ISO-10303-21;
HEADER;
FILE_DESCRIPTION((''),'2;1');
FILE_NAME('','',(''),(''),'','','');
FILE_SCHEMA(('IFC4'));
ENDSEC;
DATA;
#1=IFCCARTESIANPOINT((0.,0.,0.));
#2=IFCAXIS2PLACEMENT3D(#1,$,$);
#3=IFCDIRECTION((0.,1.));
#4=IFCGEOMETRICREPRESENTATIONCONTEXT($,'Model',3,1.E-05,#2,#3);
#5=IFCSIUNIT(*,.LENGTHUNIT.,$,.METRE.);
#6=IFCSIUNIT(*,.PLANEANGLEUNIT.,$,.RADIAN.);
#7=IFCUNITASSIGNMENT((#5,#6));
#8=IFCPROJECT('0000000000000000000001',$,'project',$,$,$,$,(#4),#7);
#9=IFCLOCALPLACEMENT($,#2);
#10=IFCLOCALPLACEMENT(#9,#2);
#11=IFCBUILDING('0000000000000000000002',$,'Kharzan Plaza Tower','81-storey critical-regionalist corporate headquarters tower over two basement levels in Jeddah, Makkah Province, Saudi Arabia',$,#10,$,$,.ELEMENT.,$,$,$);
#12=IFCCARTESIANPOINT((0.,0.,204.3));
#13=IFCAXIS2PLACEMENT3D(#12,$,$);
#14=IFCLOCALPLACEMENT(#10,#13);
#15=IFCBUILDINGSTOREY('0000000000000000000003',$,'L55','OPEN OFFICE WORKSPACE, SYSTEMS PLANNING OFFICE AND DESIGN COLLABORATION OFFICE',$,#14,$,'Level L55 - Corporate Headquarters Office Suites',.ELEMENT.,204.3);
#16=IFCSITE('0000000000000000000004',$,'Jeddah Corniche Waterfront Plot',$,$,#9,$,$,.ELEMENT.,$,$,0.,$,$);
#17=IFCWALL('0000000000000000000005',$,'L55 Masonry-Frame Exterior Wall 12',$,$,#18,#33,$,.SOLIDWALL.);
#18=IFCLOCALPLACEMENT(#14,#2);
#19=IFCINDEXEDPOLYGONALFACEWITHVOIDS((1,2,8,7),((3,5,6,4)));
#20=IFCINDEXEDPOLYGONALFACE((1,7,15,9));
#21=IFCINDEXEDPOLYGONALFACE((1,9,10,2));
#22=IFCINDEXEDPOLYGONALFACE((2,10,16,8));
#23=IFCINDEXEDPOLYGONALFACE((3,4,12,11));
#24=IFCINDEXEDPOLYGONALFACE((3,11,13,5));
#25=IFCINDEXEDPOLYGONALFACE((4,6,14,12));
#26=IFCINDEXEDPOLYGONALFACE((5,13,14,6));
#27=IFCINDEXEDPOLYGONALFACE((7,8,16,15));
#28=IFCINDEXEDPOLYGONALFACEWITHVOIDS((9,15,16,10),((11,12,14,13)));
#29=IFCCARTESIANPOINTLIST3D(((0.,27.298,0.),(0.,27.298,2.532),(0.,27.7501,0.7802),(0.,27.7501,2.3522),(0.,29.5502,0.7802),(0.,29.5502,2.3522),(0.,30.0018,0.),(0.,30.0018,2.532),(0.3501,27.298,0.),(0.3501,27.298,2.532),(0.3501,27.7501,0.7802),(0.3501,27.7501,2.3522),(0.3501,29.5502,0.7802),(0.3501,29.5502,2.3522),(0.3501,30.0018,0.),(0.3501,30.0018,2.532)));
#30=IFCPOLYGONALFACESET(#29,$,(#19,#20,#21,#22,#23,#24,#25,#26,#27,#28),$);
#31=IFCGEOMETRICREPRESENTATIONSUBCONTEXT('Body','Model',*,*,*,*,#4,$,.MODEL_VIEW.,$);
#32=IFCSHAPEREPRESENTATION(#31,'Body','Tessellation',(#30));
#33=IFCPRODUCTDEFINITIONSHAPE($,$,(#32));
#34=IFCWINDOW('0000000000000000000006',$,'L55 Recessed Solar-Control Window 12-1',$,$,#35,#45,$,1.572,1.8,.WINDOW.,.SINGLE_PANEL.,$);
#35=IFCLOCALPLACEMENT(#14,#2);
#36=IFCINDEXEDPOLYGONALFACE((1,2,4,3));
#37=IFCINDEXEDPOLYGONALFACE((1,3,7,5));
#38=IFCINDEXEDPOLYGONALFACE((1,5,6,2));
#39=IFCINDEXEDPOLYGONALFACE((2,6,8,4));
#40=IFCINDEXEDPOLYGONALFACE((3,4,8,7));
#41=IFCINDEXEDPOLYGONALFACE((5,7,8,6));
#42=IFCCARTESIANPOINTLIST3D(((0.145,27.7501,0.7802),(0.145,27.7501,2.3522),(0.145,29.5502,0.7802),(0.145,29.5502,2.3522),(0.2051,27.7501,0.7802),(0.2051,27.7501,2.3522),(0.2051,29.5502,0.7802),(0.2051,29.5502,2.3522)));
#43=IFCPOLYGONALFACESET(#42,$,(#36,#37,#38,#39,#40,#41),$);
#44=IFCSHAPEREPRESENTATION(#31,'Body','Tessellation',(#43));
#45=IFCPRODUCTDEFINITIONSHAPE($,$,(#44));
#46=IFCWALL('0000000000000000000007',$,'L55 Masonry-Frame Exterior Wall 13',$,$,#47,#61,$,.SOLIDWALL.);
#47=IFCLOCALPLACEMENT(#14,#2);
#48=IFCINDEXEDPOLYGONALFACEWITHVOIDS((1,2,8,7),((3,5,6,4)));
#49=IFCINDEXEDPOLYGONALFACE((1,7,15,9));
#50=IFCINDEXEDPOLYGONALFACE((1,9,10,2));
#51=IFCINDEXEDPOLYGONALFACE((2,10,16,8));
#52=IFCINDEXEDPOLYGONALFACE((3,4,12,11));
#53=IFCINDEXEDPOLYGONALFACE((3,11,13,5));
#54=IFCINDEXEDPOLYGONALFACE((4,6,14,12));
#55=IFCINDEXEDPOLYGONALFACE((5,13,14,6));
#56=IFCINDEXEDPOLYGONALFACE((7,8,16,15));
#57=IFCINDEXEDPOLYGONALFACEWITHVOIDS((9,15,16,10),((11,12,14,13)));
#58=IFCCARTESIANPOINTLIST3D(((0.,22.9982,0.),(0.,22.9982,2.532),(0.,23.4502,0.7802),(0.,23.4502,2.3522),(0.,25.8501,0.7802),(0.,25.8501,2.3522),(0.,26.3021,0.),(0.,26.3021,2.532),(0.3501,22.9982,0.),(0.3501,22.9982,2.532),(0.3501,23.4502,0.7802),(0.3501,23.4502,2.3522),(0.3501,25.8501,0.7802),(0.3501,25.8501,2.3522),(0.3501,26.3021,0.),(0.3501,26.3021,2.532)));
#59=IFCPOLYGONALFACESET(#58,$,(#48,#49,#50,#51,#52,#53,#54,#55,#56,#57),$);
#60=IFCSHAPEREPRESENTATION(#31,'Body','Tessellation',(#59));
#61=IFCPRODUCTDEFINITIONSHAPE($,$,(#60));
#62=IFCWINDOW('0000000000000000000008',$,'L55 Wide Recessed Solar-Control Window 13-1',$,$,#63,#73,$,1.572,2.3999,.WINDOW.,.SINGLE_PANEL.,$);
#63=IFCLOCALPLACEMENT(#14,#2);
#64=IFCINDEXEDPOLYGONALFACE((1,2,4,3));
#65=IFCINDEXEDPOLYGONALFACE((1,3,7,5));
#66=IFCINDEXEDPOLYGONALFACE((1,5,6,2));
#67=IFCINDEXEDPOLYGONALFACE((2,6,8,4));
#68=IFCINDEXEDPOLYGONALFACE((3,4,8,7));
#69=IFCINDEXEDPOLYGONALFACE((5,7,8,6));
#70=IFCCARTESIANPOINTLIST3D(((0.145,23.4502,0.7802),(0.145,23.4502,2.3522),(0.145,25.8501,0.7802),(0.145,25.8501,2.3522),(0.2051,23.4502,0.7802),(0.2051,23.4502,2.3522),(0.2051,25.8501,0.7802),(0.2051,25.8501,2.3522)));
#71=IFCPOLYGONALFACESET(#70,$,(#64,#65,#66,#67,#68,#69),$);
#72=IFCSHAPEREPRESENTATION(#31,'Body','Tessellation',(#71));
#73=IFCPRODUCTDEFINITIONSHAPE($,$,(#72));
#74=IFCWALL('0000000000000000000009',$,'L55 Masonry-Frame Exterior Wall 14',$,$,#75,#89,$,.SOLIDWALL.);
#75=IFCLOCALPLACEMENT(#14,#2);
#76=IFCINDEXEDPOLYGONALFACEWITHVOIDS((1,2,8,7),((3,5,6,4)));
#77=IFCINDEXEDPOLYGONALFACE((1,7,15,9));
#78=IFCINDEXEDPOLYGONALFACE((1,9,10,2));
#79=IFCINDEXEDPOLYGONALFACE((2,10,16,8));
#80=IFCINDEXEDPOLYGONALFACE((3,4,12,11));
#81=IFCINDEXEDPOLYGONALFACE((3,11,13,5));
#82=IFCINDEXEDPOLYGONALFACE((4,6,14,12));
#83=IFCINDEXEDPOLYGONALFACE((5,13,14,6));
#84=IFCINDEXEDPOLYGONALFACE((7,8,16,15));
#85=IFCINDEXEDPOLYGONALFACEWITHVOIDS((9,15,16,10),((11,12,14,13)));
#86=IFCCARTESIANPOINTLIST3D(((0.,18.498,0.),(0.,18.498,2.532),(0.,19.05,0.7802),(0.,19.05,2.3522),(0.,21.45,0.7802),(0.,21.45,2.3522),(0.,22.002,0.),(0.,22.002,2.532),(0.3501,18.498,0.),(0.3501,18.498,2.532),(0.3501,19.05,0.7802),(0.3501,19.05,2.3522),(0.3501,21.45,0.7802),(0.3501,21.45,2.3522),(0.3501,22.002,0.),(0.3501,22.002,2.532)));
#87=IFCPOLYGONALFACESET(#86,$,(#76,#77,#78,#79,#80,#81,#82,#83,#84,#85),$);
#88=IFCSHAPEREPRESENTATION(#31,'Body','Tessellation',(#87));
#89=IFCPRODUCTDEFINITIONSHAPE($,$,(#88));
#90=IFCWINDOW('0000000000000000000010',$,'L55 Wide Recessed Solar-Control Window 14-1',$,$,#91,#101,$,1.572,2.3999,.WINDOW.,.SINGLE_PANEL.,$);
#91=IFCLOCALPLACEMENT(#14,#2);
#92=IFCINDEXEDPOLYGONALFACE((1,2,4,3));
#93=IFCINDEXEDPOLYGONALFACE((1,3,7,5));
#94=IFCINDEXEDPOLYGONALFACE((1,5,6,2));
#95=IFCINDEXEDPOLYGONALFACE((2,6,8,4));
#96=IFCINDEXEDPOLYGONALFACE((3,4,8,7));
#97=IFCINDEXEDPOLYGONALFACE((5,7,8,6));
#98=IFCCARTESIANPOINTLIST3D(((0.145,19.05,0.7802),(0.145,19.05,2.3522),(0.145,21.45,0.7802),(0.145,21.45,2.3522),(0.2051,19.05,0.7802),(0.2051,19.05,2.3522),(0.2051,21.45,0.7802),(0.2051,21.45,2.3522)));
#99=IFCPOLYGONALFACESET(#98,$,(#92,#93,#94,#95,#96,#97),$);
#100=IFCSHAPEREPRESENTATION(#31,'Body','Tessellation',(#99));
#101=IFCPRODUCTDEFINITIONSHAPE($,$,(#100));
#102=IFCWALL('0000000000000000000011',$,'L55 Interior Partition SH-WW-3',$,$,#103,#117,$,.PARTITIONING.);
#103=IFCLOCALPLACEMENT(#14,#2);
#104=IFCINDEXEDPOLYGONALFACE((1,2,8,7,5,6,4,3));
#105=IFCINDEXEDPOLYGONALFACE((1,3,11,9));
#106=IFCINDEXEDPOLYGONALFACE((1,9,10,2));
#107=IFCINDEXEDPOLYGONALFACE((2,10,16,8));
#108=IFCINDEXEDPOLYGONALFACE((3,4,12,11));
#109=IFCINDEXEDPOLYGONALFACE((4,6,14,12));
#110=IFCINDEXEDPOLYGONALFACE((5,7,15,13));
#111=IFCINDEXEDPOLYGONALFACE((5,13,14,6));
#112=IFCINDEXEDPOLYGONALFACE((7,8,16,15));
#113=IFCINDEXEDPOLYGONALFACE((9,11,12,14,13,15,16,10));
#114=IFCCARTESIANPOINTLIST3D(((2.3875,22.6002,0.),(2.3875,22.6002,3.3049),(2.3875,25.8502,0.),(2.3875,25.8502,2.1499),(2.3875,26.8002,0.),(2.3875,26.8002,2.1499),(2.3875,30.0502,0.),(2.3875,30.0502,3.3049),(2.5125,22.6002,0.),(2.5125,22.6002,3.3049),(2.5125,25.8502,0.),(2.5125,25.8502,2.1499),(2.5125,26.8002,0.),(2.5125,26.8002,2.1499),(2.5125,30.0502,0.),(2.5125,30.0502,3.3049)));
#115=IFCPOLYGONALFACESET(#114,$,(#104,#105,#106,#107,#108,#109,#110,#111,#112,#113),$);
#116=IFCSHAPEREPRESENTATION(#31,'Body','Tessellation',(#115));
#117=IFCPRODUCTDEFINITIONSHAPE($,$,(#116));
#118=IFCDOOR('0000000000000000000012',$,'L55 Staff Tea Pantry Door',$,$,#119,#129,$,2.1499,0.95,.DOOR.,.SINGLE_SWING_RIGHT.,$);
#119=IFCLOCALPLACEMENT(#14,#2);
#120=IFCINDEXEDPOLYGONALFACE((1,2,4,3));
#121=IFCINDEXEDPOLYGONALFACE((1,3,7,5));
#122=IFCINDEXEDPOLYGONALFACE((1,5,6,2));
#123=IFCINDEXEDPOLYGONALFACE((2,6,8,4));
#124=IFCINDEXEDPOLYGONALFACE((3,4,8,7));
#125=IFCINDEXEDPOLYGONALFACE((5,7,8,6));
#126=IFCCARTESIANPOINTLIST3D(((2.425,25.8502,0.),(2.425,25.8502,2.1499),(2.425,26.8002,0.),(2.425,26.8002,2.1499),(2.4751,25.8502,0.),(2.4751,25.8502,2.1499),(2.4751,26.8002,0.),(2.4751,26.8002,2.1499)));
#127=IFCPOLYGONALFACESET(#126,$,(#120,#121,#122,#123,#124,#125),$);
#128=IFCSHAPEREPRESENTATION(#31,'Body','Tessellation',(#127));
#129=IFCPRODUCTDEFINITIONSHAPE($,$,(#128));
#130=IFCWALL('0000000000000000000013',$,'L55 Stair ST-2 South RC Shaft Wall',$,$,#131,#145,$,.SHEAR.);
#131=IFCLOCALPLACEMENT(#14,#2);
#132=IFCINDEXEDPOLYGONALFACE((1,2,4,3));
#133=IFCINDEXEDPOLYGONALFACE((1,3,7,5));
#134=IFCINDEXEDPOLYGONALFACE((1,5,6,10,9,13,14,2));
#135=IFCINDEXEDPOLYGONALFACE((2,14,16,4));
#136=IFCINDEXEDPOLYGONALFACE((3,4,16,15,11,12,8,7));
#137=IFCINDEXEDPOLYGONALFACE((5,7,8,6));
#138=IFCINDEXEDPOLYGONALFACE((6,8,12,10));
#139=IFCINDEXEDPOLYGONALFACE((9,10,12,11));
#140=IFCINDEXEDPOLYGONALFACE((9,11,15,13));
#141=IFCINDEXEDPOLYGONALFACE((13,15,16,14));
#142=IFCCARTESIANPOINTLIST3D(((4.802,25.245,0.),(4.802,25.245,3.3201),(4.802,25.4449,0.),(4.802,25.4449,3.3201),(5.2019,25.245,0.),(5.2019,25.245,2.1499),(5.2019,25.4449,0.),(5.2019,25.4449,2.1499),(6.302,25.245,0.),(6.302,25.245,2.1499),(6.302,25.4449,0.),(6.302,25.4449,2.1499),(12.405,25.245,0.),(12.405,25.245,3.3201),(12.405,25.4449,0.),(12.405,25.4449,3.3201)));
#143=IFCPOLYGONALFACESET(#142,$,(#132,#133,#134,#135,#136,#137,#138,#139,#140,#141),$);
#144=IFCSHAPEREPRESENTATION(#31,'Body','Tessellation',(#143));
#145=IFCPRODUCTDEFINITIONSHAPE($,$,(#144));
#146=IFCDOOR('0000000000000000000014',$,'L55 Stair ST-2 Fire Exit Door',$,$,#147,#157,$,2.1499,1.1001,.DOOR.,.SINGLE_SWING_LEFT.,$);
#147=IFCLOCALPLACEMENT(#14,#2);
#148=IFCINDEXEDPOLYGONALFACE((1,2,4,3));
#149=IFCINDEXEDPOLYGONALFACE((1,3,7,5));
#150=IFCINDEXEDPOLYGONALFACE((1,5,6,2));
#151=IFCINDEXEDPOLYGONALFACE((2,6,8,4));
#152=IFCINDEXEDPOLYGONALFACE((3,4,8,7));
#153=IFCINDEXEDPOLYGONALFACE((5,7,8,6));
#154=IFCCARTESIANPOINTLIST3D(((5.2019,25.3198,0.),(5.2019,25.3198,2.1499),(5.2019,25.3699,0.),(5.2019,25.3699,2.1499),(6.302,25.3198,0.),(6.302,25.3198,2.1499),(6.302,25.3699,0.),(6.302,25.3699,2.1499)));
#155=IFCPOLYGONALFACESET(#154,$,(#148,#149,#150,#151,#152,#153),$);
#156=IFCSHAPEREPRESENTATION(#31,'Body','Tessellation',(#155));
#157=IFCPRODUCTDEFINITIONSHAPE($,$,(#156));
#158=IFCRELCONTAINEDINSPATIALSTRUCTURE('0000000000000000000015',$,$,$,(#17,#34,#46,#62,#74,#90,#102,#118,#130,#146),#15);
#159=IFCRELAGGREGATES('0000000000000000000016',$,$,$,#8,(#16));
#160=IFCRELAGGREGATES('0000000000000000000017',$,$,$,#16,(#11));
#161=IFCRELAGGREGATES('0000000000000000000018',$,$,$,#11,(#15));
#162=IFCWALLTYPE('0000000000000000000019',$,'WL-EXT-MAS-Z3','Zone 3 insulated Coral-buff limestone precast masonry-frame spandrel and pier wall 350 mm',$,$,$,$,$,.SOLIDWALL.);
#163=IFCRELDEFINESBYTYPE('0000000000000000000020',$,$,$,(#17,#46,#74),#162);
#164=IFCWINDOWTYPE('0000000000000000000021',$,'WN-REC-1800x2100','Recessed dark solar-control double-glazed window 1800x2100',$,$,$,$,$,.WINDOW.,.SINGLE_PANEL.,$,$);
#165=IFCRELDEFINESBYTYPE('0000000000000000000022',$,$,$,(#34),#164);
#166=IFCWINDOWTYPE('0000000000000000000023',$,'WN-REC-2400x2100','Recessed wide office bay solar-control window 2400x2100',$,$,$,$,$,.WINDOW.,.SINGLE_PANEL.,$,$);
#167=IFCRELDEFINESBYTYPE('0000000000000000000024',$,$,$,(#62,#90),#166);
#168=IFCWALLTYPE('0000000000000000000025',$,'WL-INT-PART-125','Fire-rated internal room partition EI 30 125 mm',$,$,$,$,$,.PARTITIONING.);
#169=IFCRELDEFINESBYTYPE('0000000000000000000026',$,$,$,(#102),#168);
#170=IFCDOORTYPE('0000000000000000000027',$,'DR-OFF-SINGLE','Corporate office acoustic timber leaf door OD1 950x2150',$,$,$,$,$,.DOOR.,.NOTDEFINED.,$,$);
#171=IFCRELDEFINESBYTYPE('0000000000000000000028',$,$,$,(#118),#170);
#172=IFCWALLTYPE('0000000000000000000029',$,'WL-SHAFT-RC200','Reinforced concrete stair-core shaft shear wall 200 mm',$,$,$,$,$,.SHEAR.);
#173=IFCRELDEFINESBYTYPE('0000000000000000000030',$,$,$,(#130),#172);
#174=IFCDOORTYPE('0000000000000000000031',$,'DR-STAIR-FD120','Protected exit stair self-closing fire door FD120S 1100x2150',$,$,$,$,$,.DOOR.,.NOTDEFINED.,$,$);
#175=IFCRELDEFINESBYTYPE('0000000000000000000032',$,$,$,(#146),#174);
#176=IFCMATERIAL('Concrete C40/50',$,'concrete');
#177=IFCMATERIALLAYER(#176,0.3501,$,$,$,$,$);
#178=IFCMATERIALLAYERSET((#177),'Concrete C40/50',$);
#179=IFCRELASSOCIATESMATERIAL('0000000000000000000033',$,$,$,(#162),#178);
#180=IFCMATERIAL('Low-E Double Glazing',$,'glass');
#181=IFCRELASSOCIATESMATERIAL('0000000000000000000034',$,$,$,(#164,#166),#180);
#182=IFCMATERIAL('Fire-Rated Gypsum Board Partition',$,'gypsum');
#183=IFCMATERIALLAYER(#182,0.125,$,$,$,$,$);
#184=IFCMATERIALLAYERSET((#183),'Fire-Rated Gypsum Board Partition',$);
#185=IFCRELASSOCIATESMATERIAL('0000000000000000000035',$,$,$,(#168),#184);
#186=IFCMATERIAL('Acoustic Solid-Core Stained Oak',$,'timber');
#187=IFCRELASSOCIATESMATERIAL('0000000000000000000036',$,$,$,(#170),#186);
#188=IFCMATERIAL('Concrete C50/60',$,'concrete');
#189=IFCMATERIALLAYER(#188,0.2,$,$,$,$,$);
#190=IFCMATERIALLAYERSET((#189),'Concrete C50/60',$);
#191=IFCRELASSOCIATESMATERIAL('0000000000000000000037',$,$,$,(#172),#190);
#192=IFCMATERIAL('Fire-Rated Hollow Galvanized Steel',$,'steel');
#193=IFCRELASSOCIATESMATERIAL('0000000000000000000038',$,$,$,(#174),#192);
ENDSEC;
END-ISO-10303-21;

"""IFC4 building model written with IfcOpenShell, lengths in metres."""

from ifc_helpers import new_model, si_unit, direction, frame, frame_2d, origin, place, context, subcontext, project, spatial, rectangle, extrude, source, transform, mapped, material, layer, layer_set, type_object, element, fill, save


model = new_model("IFC4")

# Units and contexts
model_context = context("Model", 3, precision=1e-05, world=origin(), true_north=direction((0.0, 1.0)))
body_context = subcontext(model_context, "Body", "Model", "MODEL_VIEW")
ifc_project = project(units=[si_unit("LENGTHUNIT", "METRE"), si_unit("PLANEANGLEUNIT", "RADIAN")], contexts=[model_context])

# Site, building, storey
site_placement = place(None, origin())
site = spatial("IfcSite", under=ifc_project, at=site_placement, Name="Jeddah Corniche Waterfront Plot", CompositionType="ELEMENT", RefElevation=0.0)
building_placement = place(site_placement, origin())
building = spatial("IfcBuilding", under=site, at=building_placement, Name="Kharzan Plaza Tower", Description="81-storey critical-regionalist corporate headquarters tower over two basement levels in Jeddah, Makkah Province, Saudi Arabia", CompositionType="ELEMENT")
storey_placement = place(building_placement, frame((0.0, 0.0, 204.3)))
storey = spatial("IfcBuildingStorey", under=building, at=storey_placement, Name="L55", Description="OPEN OFFICE WORKSPACE, SYSTEMS PLANNING OFFICE AND DESIGN COLLABORATION OFFICE", LongName="Level L55 - Corporate Headquarters Office Suites", CompositionType="ELEMENT", Elevation=204.3)

# Shared definitions
ifc_material_1 = material(Name="Concrete C50/60", Category="concrete")

# Walls, openings, windows
ifc_material_2 = material(Name="Concrete C40/50", Category="concrete")
ifc_layer_1 = layer(ifc_material_2, 0.3501)
ifc_layer_set_1 = layer_set([ifc_layer_1], Name="Concrete C40/50")
wall_type_1 = type_object("IfcWallType", Name="WL-EXT-MAS-Z3", Description="Zone 3 insulated Coral-buff limestone precast masonry-frame spandrel and pier wall 350 mm", PredefinedType="SOLIDWALL", material=ifc_layer_set_1)
wall_1_placement = place(storey_placement, frame((0.175, 30.002, 0.0), z_axis=(0.0, 0.0, 1.0), x_axis=(0.0, -1.0, 0.0)))
wall_1 = element("IfcWall", 1, at=wall_1_placement, inside=storey, type_object=wall_type_1, Name="L55 Masonry-Frame Exterior Wall 12", PredefinedType="SOLIDWALL", context=body_context, shape_type="SweptSolid", body=[
    extrude(rectangle(XDim=2.7039, YDim=0.3501, at=frame_2d((1.3521, 0.0))), origin(), (0.0, 0.0, 1.0), 2.532),
])
opening_1_placement = place(wall_1_placement, frame((0.4519, 0.0, 0.78)))
opening_1 = element("IfcOpeningElement", 2, at=opening_1_placement, cuts=wall_1, PredefinedType="OPENING", context=body_context, shape_type="SweptSolid", body=[
    extrude(rectangle(XDim=1.8, YDim=1.572, at=frame_2d((0.8999, 0.7861))), frame((0.0, 0.1851, 0.0), z_axis=(0.0, -1.0, 0.0), x_axis=(1.0, 0.0, 0.0)), (0.0, 0.0, 1.0), 0.3701),
])
ifc_material_3 = material(Name="Low-E Double Glazing", Category="glass")
window_type_1 = type_object("IfcWindowType", Name="WN-REC-1800x2100", Description="Recessed dark solar-control double-glazed window 1800x2100", PartitioningType="SINGLE_PANEL", PredefinedType="WINDOW", material=ifc_material_3)
shared_shape_1 = source(origin(), body_context, "Body", "SweptSolid", [
    extrude(rectangle(XDim=1.8, YDim=1.572, at=frame_2d((0.8999, 0.7861))), frame((0.0, 0.03, 0.0), z_axis=(0.0, -1.0, 0.0), x_axis=(1.0, 0.0, 0.0)), (0.0, 0.0, 1.0), 0.0601),
])
window_1_placement = place(opening_1_placement, origin())
window_1 = element("IfcWindow", 3, at=window_1_placement, inside=storey, type_object=window_type_1, Name="L55 Recessed Solar-Control Window 12-1", OverallHeight=1.572, OverallWidth=1.8, PartitioningType="SINGLE_PANEL", PredefinedType="WINDOW", context=body_context, shape_type="MappedRepresentation", body=[
    mapped(shared_shape_1, transform((0.0, 0.0, 0.0), x_axis=(1.0, 0.0, 0.0), y_axis=(0.0, 1.0, 0.0), z_axis=(0.0, 0.0, 1.0))),
])
fill(opening_1, window_1)
wall_2_placement = place(storey_placement, frame((0.175, 26.302, 0.0), z_axis=(0.0, 0.0, 1.0), x_axis=(0.0, -1.0, 0.0)))
wall_2 = element("IfcWall", 4, at=wall_2_placement, inside=storey, type_object=wall_type_1, Name="L55 Masonry-Frame Exterior Wall 13", PredefinedType="SOLIDWALL", context=body_context, shape_type="SweptSolid", body=[
    extrude(rectangle(XDim=3.304, YDim=0.3501, at=frame_2d((1.6519, 0.0))), origin(), (0.0, 0.0, 1.0), 2.532),
])
opening_2_placement = place(wall_2_placement, frame((0.4519, 0.0, 0.78)))
opening_2 = element("IfcOpeningElement", 5, at=opening_2_placement, cuts=wall_2, PredefinedType="OPENING", context=body_context, shape_type="SweptSolid", body=[
    extrude(rectangle(XDim=2.3999, YDim=1.572, at=frame_2d((1.2, 0.7861))), frame((0.0, 0.1851, 0.0), z_axis=(0.0, -1.0, 0.0), x_axis=(1.0, 0.0, 0.0)), (0.0, 0.0, 1.0), 0.3701),
])
window_type_2 = type_object("IfcWindowType", Name="WN-REC-2400x2100", Description="Recessed wide office bay solar-control window 2400x2100", PartitioningType="SINGLE_PANEL", PredefinedType="WINDOW", material=ifc_material_3)
shared_shape_2 = source(origin(), body_context, "Body", "SweptSolid", [
    extrude(rectangle(XDim=2.3999, YDim=1.572, at=frame_2d((1.2, 0.7861))), frame((0.0, 0.03, 0.0), z_axis=(0.0, -1.0, 0.0), x_axis=(1.0, 0.0, 0.0)), (0.0, 0.0, 1.0), 0.0601),
])
window_2_placement = place(opening_2_placement, origin())
window_2 = element("IfcWindow", 6, at=window_2_placement, inside=storey, type_object=window_type_2, Name="L55 Wide Recessed Solar-Control Window 13-1", OverallHeight=1.572, OverallWidth=2.3999, PartitioningType="SINGLE_PANEL", PredefinedType="WINDOW", context=body_context, shape_type="MappedRepresentation", body=[
    mapped(shared_shape_2, transform((0.0, 0.0, 0.0), x_axis=(1.0, 0.0, 0.0), y_axis=(0.0, 1.0, 0.0), z_axis=(0.0, 0.0, 1.0))),
])
fill(opening_2, window_2)
wall_3_placement = place(storey_placement, frame((0.175, 22.002, 0.0), z_axis=(0.0, 0.0, 1.0), x_axis=(0.0, -1.0, 0.0)))
wall_3 = element("IfcWall", 7, at=wall_3_placement, inside=storey, type_object=wall_type_1, Name="L55 Masonry-Frame Exterior Wall 14", PredefinedType="SOLIDWALL", context=body_context, shape_type="SweptSolid", body=[
    extrude(rectangle(XDim=3.5039, YDim=0.3501, at=frame_2d((1.752, 0.0))), origin(), (0.0, 0.0, 1.0), 2.532),
])
opening_3_placement = place(wall_3_placement, frame((0.552, 0.0, 0.78)))
opening_3 = element("IfcOpeningElement", 8, at=opening_3_placement, cuts=wall_3, PredefinedType="OPENING", context=body_context, shape_type="SweptSolid", body=[
    extrude(rectangle(XDim=2.3999, YDim=1.572, at=frame_2d((1.2, 0.7861))), frame((0.0, 0.1851, 0.0), z_axis=(0.0, -1.0, 0.0), x_axis=(1.0, 0.0, 0.0)), (0.0, 0.0, 1.0), 0.3701),
])
window_3_placement = place(opening_3_placement, origin())
window_3 = element("IfcWindow", 9, at=window_3_placement, inside=storey, type_object=window_type_2, Name="L55 Wide Recessed Solar-Control Window 14-1", OverallHeight=1.572, OverallWidth=2.3999, PartitioningType="SINGLE_PANEL", PredefinedType="WINDOW", context=body_context, shape_type="MappedRepresentation", body=[
    mapped(shared_shape_2, transform((0.0, 0.0, 0.0), x_axis=(1.0, 0.0, 0.0), y_axis=(0.0, 1.0, 0.0), z_axis=(0.0, 0.0, 1.0))),
])
fill(opening_3, window_3)

# Walls, openings, doors
ifc_material_4 = material(Name="Fire-Rated Gypsum Board Partition", Category="gypsum")
ifc_layer_2 = layer(ifc_material_4, 0.125)
ifc_layer_set_2 = layer_set([ifc_layer_2], Name="Fire-Rated Gypsum Board Partition")
wall_type_2 = type_object("IfcWallType", Name="WL-INT-PART-125", Description="Fire-rated internal room partition EI 30 125 mm", PredefinedType="PARTITIONING", material=ifc_layer_set_2)
wall_4_placement = place(storey_placement, frame((2.45, 22.6001, 0.0), z_axis=(0.0, 0.0, 1.0), x_axis=(0.0, 1.0, 0.0)))
wall_4 = element("IfcWall", 10, at=wall_4_placement, inside=storey, type_object=wall_type_2, Name="L55 Interior Partition SH-WW-3", PredefinedType="PARTITIONING", context=body_context, shape_type="SweptSolid", body=[
    extrude(rectangle(XDim=7.45, YDim=0.125, at=frame_2d((3.7251, 0.0))), origin(), (0.0, 0.0, 1.0), 3.3049),
])
opening_4_placement = place(wall_4_placement, frame((3.25, 0.0, 0.0)))
opening_4 = element("IfcOpeningElement", 11, at=opening_4_placement, cuts=wall_4, PredefinedType="OPENING", context=body_context, shape_type="SweptSolid", body=[
    extrude(rectangle(XDim=0.95, YDim=2.1499, at=frame_2d((0.4751, 1.075))), frame((0.0, 0.0725, 0.0), z_axis=(0.0, -1.0, 0.0), x_axis=(1.0, 0.0, 0.0)), (0.0, 0.0, 1.0), 0.145),
])
ifc_material_5 = material(Name="Acoustic Solid-Core Stained Oak", Category="timber")
door_type_1 = type_object("IfcDoorType", Name="DR-OFF-SINGLE", Description="Corporate office acoustic timber leaf door OD1 950x2150", OperationType="NOTDEFINED", PredefinedType="DOOR", material=ifc_material_5)
shared_shape_3 = source(origin(), body_context, "Body", "SweptSolid", [
    extrude(rectangle(XDim=0.95, YDim=2.1499, at=frame_2d((0.4751, 1.075))), frame((0.0, 0.0249, 0.0), z_axis=(0.0, -1.0, 0.0), x_axis=(1.0, 0.0, 0.0)), (0.0, 0.0, 1.0), 0.05),
])
door_1_placement = place(opening_4_placement, origin())
door_1 = element("IfcDoor", 12, at=door_1_placement, inside=storey, type_object=door_type_1, Name="L55 Staff Tea Pantry Door", OperationType="SINGLE_SWING_RIGHT", OverallHeight=2.1499, OverallWidth=0.95, PredefinedType="DOOR", context=body_context, shape_type="MappedRepresentation", body=[
    mapped(shared_shape_3, transform((0.0, 0.0, 0.0), x_axis=(1.0, 0.0, 0.0), y_axis=(0.0, 1.0, 0.0), z_axis=(0.0, 0.0, 1.0))),
])
fill(opening_4, door_1)
ifc_layer_3 = layer(ifc_material_1, 0.2)
ifc_layer_set_3 = layer_set([ifc_layer_3], Name="Concrete C50/60")
wall_type_3 = type_object("IfcWallType", Name="WL-SHAFT-RC200", Description="Reinforced concrete stair-core shaft shear wall 200 mm", PredefinedType="SHEAR", material=ifc_layer_set_3)
wall_5_placement = place(storey_placement, frame((4.802, 25.345, 0.0), z_axis=(0.0, 0.0, 1.0), x_axis=(1.0, 0.0, 0.0)))
wall_5 = element("IfcWall", 13, at=wall_5_placement, inside=storey, type_object=wall_type_3, Name="L55 Stair ST-2 South RC Shaft Wall", PredefinedType="SHEAR", context=body_context, shape_type="SweptSolid", body=[
    extrude(rectangle(XDim=7.603, YDim=0.2, at=frame_2d((3.8015, 0.0))), origin(), (0.0, 0.0, 1.0), 3.3201),
])
opening_5_placement = place(wall_5_placement, frame((0.3999, 0.0, 0.0)))
opening_5 = element("IfcOpeningElement", 14, at=opening_5_placement, cuts=wall_5, PredefinedType="OPENING", context=body_context, shape_type="SweptSolid", body=[
    extrude(rectangle(XDim=1.1001, YDim=2.1499, at=frame_2d((0.55, 1.075))), frame((0.0, 0.1099, 0.0), z_axis=(0.0, -1.0, 0.0), x_axis=(1.0, 0.0, 0.0)), (0.0, 0.0, 1.0), 0.22),
])
ifc_material_6 = material(Name="Fire-Rated Hollow Galvanized Steel", Category="steel")
door_type_2 = type_object("IfcDoorType", Name="DR-STAIR-FD120", Description="Protected exit stair self-closing fire door FD120S 1100x2150", OperationType="NOTDEFINED", PredefinedType="DOOR", material=ifc_material_6)
shared_shape_4 = source(origin(), body_context, "Body", "SweptSolid", [
    extrude(rectangle(XDim=1.1001, YDim=2.1499, at=frame_2d((0.55, 1.075))), frame((0.0, 0.0249, 0.0), z_axis=(0.0, -1.0, 0.0), x_axis=(1.0, 0.0, 0.0)), (0.0, 0.0, 1.0), 0.05),
])
door_2_placement = place(opening_5_placement, origin())
door_2 = element("IfcDoor", 15, at=door_2_placement, inside=storey, type_object=door_type_2, Name="L55 Stair ST-2 Fire Exit Door", OperationType="SINGLE_SWING_LEFT", OverallHeight=2.1499, OverallWidth=1.1001, PredefinedType="DOOR", context=body_context, shape_type="MappedRepresentation", body=[
    mapped(shared_shape_4, transform((0.0, 0.0, 0.0), x_axis=(1.0, 0.0, 0.0), y_axis=(0.0, 1.0, 0.0), z_axis=(0.0, 0.0, 1.0))),
])
fill(opening_5, door_2)

save(model, "model.ifc")
